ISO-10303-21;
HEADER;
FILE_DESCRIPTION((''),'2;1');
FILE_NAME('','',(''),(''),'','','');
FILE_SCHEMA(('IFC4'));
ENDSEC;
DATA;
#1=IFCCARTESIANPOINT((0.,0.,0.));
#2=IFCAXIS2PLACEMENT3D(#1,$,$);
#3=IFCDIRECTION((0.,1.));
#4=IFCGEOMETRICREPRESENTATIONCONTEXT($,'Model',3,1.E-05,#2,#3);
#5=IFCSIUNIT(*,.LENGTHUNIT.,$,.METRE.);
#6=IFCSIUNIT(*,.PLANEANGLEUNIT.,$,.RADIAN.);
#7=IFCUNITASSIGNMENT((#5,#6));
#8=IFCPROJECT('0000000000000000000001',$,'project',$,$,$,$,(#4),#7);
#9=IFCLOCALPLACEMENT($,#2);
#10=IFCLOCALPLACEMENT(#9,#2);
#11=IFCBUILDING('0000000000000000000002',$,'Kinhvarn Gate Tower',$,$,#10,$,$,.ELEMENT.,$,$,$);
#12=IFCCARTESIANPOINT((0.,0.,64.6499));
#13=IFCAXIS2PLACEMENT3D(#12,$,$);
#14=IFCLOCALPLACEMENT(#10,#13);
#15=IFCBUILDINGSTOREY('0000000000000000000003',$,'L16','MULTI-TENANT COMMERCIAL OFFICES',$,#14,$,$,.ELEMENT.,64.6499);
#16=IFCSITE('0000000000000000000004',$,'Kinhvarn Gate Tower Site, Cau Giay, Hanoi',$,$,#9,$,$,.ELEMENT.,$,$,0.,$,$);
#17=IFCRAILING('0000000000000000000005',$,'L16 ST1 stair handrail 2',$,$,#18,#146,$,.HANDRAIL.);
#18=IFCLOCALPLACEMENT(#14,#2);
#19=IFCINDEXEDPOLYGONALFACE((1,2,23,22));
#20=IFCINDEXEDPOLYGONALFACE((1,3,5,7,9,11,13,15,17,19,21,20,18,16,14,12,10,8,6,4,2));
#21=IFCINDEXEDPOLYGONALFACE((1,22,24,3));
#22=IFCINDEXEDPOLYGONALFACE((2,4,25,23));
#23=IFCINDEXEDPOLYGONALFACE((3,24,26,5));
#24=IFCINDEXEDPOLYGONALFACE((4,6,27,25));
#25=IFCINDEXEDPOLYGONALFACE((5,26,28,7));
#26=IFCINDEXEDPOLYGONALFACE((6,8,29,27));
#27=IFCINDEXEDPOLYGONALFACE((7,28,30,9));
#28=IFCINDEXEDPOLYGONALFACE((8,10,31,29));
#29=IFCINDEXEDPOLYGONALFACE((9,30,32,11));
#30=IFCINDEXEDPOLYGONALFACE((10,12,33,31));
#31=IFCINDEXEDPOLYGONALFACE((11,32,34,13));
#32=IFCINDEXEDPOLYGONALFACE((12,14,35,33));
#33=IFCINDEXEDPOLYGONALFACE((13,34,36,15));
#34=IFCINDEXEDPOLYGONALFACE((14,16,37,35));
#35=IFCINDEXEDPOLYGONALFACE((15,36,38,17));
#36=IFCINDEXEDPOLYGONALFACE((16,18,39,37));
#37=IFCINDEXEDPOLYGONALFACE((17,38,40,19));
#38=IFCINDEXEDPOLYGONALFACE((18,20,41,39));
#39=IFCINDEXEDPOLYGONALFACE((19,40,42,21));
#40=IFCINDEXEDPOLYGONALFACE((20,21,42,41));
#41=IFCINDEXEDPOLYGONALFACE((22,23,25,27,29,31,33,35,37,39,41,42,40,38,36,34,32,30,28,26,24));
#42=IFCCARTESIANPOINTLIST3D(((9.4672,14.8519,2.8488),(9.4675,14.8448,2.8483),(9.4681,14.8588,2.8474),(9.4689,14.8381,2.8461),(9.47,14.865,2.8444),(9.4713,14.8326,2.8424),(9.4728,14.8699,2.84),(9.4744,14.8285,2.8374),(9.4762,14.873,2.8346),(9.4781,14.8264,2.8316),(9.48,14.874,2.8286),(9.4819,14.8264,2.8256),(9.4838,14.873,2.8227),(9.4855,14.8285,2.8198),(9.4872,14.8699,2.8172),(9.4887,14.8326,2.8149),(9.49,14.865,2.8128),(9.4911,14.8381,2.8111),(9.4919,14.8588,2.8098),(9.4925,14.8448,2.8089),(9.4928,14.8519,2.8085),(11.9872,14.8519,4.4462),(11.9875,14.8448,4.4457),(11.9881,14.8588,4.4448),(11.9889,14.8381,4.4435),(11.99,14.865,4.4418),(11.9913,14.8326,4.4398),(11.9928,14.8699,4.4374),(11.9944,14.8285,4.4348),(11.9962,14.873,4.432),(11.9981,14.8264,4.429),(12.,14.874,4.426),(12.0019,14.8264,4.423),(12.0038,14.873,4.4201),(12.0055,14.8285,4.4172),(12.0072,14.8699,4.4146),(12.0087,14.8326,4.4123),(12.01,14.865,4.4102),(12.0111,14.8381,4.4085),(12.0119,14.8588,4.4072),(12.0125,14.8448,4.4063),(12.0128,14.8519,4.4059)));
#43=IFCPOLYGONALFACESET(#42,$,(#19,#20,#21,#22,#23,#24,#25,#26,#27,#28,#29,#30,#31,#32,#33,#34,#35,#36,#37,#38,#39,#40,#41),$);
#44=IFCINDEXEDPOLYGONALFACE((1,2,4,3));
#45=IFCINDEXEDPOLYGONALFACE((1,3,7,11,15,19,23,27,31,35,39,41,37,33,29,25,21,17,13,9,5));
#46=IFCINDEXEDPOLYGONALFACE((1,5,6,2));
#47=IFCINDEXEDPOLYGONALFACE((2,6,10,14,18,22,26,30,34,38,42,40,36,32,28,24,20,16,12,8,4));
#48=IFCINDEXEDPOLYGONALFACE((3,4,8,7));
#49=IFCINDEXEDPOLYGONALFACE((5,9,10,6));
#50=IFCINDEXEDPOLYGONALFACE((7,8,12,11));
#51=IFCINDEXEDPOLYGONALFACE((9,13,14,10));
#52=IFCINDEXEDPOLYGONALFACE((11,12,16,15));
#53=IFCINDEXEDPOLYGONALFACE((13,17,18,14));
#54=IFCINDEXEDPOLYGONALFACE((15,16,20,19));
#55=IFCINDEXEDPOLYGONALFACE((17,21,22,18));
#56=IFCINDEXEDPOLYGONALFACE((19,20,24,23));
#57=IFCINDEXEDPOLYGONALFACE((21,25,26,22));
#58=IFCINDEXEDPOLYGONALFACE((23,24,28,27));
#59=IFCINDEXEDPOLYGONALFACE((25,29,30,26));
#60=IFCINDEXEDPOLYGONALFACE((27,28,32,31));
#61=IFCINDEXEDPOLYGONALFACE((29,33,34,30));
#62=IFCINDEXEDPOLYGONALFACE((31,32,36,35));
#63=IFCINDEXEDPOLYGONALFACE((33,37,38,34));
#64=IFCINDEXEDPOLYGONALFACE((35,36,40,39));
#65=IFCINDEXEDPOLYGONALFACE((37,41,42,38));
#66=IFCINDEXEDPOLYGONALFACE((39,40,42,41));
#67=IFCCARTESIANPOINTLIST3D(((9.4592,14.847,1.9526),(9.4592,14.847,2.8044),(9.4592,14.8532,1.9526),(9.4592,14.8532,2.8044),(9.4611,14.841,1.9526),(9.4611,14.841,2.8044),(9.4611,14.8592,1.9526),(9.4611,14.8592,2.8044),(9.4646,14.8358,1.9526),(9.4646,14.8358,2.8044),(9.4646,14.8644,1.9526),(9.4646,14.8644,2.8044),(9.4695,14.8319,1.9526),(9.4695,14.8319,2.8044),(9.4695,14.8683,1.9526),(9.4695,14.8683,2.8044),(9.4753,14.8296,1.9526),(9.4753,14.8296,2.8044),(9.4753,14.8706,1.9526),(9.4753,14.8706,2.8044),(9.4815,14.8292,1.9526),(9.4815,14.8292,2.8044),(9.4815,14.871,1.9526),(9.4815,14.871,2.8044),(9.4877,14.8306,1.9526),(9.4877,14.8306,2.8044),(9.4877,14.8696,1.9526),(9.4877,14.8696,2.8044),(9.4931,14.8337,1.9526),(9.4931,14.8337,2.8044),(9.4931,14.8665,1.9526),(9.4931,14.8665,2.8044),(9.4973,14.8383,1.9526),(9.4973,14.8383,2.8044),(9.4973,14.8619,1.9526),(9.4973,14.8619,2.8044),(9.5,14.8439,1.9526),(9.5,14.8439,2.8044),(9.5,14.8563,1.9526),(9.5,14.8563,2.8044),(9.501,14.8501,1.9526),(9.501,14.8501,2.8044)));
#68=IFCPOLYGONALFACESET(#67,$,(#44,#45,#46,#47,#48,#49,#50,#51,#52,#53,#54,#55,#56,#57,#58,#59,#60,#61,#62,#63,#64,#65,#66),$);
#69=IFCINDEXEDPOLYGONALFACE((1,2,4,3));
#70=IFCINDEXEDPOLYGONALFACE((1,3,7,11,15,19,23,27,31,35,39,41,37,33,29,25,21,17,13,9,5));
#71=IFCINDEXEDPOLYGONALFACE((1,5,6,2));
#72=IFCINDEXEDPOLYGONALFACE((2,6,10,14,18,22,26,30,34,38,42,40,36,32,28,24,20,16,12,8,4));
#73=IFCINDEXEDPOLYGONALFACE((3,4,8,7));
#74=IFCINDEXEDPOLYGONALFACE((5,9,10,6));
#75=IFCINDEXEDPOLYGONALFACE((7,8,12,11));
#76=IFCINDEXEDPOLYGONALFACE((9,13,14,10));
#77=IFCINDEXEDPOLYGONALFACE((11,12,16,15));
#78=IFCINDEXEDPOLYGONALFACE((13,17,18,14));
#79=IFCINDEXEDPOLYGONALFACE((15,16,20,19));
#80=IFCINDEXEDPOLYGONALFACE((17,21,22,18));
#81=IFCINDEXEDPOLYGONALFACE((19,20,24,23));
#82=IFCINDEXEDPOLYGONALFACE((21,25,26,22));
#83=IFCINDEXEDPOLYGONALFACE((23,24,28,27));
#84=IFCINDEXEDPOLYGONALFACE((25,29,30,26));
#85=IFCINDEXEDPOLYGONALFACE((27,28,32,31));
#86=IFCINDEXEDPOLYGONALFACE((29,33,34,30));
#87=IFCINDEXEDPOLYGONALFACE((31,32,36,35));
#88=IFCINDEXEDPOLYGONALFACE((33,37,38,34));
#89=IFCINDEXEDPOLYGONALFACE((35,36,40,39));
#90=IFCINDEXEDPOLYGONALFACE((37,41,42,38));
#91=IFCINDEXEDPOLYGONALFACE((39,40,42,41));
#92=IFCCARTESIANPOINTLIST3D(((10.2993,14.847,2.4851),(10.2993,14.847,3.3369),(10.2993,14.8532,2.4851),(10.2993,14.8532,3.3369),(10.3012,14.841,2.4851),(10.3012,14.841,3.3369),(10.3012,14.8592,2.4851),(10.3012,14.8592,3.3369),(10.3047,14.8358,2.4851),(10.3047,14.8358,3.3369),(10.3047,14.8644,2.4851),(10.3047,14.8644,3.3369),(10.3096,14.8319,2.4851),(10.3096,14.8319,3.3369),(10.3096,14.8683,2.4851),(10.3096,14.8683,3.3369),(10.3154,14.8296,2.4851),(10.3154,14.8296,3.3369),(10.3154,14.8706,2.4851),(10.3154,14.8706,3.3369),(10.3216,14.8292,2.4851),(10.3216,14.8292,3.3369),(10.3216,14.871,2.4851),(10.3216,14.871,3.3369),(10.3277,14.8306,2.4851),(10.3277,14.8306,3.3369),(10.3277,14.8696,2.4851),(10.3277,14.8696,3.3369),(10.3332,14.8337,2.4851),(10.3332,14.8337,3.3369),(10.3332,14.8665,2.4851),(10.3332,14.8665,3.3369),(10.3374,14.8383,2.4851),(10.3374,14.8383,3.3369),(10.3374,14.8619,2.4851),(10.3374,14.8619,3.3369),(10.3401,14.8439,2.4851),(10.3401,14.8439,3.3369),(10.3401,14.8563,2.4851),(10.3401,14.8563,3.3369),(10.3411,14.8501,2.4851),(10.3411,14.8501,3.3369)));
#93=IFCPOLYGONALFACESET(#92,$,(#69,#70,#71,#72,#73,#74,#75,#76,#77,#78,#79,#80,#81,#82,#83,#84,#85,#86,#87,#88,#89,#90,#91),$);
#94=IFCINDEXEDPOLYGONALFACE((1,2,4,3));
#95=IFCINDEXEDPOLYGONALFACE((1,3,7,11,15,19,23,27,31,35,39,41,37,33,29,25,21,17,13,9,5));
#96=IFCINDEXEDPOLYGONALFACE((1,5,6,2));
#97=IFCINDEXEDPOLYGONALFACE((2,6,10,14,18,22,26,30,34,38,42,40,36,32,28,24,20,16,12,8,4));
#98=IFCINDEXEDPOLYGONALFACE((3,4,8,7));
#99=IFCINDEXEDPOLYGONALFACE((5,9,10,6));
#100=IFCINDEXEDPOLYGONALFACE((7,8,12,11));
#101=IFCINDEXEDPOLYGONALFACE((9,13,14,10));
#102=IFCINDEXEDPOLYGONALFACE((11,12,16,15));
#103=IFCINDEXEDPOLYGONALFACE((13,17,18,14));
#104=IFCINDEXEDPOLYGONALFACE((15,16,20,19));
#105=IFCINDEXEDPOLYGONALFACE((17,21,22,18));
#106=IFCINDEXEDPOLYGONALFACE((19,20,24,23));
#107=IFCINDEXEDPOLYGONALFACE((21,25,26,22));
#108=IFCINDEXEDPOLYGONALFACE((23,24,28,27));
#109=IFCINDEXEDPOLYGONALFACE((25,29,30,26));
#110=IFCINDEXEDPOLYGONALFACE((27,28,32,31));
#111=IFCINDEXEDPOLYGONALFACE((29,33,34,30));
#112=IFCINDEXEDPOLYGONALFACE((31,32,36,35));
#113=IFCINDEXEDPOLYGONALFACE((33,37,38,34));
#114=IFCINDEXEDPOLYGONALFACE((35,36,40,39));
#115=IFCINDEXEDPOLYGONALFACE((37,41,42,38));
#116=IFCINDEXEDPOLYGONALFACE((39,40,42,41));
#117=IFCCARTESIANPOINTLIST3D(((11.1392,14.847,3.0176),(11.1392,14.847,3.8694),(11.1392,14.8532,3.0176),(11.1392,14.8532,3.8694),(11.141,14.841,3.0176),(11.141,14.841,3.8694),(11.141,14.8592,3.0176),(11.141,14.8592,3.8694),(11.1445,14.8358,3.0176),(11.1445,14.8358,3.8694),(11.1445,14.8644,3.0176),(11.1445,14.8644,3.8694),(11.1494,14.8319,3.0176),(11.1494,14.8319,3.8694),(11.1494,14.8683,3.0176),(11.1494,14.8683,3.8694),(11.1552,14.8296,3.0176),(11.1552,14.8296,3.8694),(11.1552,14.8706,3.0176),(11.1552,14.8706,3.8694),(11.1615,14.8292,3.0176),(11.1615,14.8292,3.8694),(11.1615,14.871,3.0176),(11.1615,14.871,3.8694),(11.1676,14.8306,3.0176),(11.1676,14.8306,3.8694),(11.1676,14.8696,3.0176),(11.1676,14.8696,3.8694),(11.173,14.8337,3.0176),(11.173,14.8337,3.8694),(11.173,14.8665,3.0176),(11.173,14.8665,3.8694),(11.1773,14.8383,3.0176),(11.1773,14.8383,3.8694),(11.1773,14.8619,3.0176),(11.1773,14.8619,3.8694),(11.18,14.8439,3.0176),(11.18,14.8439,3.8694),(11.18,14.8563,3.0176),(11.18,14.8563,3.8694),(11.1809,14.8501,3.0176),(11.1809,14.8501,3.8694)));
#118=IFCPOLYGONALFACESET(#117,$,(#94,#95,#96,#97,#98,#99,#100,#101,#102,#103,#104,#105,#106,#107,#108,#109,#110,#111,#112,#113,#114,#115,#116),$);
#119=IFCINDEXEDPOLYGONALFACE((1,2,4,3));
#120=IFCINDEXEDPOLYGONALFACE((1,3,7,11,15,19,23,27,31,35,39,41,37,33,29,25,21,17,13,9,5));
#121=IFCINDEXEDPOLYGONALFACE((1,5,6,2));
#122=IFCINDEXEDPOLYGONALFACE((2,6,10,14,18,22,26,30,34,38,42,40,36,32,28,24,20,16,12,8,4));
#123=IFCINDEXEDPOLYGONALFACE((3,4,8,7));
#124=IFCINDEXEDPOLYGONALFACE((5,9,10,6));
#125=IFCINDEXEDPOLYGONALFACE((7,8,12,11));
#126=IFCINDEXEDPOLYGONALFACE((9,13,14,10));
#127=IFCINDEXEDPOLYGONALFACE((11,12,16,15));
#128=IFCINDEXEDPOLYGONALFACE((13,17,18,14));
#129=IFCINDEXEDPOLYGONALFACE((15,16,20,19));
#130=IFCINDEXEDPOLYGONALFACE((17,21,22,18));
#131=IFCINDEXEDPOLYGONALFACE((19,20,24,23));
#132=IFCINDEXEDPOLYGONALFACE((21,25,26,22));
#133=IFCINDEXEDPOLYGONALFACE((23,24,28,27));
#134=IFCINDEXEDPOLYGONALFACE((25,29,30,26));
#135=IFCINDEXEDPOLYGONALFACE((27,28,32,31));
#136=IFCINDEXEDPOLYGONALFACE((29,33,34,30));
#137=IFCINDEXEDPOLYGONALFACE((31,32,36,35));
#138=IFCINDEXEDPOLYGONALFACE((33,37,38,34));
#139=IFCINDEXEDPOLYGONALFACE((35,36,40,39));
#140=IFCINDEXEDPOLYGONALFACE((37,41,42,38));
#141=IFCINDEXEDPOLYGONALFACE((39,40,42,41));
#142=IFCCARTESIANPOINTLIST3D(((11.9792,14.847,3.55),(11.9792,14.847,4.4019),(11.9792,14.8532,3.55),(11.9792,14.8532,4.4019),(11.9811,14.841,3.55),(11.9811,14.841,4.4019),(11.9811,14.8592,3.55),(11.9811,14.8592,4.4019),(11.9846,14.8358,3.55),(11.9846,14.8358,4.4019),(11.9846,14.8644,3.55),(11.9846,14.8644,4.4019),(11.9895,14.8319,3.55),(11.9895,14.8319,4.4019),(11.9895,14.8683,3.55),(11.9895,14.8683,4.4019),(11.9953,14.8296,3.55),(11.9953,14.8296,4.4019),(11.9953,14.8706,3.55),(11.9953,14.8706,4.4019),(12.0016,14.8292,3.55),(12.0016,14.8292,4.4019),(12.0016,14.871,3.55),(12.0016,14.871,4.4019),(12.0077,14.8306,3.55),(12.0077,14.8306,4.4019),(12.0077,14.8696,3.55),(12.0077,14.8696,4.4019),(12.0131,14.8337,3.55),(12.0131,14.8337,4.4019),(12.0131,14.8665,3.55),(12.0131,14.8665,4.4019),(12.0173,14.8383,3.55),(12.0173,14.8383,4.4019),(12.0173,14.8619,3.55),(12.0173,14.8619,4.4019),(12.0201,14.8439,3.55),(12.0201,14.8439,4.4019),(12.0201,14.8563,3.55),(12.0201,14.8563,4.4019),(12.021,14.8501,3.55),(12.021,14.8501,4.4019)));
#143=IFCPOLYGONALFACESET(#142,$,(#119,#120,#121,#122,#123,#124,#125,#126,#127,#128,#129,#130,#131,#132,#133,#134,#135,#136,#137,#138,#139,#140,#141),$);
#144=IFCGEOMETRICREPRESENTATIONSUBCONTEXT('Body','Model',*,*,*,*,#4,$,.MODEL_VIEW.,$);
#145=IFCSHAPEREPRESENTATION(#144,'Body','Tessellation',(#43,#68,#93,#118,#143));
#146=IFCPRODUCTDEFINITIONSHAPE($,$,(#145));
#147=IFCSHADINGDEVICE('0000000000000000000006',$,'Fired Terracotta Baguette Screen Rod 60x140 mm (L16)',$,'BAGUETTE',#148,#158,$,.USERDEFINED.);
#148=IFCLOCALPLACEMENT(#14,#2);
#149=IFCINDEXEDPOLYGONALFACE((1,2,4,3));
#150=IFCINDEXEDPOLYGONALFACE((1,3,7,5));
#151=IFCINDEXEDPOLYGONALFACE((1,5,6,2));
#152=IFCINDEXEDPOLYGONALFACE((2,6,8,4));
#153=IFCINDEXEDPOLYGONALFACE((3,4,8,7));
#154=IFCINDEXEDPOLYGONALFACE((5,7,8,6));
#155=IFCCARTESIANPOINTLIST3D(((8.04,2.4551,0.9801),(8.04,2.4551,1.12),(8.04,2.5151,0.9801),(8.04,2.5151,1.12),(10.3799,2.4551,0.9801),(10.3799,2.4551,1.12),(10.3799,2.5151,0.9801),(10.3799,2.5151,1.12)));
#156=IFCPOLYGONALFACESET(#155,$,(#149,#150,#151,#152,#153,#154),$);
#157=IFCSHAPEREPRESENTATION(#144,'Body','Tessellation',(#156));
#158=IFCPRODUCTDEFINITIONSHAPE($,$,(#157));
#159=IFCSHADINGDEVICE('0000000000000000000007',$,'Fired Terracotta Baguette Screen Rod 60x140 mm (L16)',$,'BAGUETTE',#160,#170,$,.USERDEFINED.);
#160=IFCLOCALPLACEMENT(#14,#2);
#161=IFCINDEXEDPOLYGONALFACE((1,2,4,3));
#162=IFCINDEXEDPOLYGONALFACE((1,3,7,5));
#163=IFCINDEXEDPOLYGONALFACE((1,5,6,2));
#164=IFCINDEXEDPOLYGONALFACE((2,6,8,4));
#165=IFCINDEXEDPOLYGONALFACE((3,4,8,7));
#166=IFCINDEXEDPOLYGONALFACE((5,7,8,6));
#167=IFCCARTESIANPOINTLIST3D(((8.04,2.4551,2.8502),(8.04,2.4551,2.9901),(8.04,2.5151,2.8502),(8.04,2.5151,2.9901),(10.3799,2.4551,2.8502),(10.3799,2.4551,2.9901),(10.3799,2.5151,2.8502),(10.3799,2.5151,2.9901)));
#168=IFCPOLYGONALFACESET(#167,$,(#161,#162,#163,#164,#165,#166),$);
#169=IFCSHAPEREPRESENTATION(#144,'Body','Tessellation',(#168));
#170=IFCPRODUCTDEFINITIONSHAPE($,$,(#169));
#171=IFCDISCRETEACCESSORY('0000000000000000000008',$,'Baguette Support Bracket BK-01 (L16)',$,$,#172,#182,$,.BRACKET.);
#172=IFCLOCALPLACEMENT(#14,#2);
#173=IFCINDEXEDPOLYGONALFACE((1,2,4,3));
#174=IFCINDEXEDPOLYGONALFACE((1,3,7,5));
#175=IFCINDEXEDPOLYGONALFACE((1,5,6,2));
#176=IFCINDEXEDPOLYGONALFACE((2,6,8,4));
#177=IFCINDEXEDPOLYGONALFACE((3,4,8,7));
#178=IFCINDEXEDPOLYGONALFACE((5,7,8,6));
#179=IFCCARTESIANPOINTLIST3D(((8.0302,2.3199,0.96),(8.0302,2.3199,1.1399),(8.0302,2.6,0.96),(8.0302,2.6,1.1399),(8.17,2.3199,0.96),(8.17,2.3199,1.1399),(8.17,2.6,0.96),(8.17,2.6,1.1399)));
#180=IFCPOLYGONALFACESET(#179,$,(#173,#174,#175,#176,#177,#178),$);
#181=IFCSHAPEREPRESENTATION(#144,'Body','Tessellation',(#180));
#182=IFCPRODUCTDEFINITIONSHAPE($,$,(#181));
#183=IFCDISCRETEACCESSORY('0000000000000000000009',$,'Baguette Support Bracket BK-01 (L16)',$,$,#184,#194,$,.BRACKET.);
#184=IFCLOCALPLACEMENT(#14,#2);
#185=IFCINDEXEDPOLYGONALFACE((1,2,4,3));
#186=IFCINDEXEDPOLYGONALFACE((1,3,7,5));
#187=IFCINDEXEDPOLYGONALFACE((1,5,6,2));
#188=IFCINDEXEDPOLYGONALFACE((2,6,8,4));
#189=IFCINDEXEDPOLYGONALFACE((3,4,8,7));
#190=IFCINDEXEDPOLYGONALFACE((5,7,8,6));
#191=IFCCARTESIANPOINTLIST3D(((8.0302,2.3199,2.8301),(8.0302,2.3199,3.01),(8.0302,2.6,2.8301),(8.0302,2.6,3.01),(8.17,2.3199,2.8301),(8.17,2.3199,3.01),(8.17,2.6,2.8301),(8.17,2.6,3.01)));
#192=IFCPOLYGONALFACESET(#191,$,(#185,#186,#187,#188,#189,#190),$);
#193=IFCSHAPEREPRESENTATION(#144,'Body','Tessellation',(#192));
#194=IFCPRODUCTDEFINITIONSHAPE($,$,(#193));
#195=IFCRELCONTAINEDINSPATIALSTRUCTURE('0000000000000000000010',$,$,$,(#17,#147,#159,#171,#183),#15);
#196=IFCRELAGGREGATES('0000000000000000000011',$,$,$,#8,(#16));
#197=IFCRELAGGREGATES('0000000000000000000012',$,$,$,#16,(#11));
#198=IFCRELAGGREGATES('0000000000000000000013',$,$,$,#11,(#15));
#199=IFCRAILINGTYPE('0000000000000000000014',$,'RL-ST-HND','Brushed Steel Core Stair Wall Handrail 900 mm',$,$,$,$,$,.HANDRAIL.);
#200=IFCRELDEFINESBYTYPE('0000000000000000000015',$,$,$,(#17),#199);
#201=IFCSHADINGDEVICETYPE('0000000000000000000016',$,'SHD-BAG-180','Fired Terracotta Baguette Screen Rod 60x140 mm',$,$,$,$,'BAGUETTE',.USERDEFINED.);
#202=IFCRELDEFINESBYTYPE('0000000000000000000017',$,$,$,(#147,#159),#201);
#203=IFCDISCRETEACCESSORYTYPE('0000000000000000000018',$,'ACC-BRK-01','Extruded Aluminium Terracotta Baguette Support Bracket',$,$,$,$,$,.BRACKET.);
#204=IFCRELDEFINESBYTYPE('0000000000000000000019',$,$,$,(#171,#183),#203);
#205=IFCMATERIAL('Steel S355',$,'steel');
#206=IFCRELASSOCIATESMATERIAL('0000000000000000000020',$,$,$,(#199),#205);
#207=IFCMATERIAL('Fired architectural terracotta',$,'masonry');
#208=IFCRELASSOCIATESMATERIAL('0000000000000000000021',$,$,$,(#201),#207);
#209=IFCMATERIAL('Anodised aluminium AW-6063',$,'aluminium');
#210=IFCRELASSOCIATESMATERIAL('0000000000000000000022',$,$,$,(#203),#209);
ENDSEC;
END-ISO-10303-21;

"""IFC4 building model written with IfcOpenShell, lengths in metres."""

from ifc_helpers import new_model, si_unit, direction, frame, origin, origin_2d, place, context, subcontext, project, spatial, rectangle, circle, extrude, material, material_profile, profile_set, type_object, element, save


model = new_model("IFC4")

# Units and contexts
model_context = context("Model", 3, precision=1e-05, world=origin(), true_north=direction((0.0, 1.0)))
body_context = subcontext(model_context, "Body", "Model", "MODEL_VIEW")
ifc_project = project(units=[si_unit("LENGTHUNIT", "METRE"), si_unit("PLANEANGLEUNIT", "RADIAN")], contexts=[model_context])

# Site, building, storey
site_placement = place(None, origin())
site = spatial("IfcSite", under=ifc_project, at=site_placement, Name="Kinhvarn Gate Tower Site, Cau Giay, Hanoi", CompositionType="ELEMENT", RefElevation=0.0)
building_placement = place(site_placement, origin())
building = spatial("IfcBuilding", under=site, at=building_placement, Name="Kinhvarn Gate Tower", CompositionType="ELEMENT")
storey_placement = place(building_placement, frame((0.0, 0.0, 64.6499)))
storey = spatial("IfcBuildingStorey", under=building, at=storey_placement, Name="L16", Description="MULTI-TENANT COMMERCIAL OFFICES", CompositionType="ELEMENT", Elevation=64.6499)

# Shared definitions
ifc_material_1 = material(Name="Anodised aluminium AW-6063", Category="aluminium")

# Shared definitions
ifc_material_2 = material(Name="Steel S355", Category="steel")

# Shared definitions
ifc_material_3 = material(Name="Fired architectural terracotta", Category="masonry")

# Railing
railing_type_1 = type_object("IfcRailingType", Name="RL-ST-HND", Description="Brushed Steel Core Stair Wall Handrail 900 mm", PredefinedType="HANDRAIL", material=ifc_material_2)
railing_1_placement = place(storey_placement, frame((9.48, 14.8501, 1.9526)))
element("IfcRailing", 1, at=railing_1_placement, inside=storey, type_object=railing_type_1, Name="L16 ST1 stair handrail 2", PredefinedType="HANDRAIL", context=body_context, shape_type="SweptSolid", body=[
    extrude(circle(Radius=0.0239, at=origin_2d()), frame((0.0, 0.0, 0.876), z_axis=(0.844607, 0.0, 0.535387), x_axis=(0.0, 1.0, 0.0)), (0.0, 0.0, 1.0), 2.9836),
    extrude(circle(Radius=0.021, at=origin_2d()), origin(), (0.0, 0.0, 1.0), 0.8518),
    extrude(circle(Radius=0.021, at=origin_2d()), frame((0.8401, 0.0, 0.5325)), (0.0, 0.0, 1.0), 0.8518),
    extrude(circle(Radius=0.021, at=origin_2d()), frame((1.6799, 0.0, 1.0649)), (0.0, 0.0, 1.0), 0.8518),
    extrude(circle(Radius=0.021, at=origin_2d()), frame((2.52, 0.0, 1.5974)), (0.0, 0.0, 1.0), 0.8518),
])

# Shading devices
ifc_material_profile_1 = material_profile(ifc_material_3, rectangle(XDim=0.0601, YDim=0.1399, at=origin_2d()), Name="TC 60x140")
ifc_profile_set_1 = profile_set([ifc_material_profile_1], Name="Fired architectural terracotta")
shading_device_type = type_object("IfcShadingDeviceType", Name="SHD-BAG-180", Description="Fired Terracotta Baguette Screen Rod 60x140 mm", ElementType="BAGUETTE", PredefinedType="USERDEFINED", material=ifc_profile_set_1)
for number, where, z_axis, x_axis, name in (
    (2, (8.04, 2.4851, 1.05), (1.0, 0.0, 0.0), (0.0, 1.0, 0.0), "Fired Terracotta Baguette Screen Rod 60x140 mm (L16)"),
    (3, (8.04, 2.4851, 2.9202), (1.0, 0.0, 0.0), (0.0, 1.0, 0.0), "Fired Terracotta Baguette Screen Rod 60x140 mm (L16)"),
):
    element("IfcShadingDevice", number, at=place(storey_placement, frame(where, z_axis=z_axis, x_axis=x_axis)), inside=storey, type_object=shading_device_type, Name=name, ObjectType="BAGUETTE", PredefinedType="USERDEFINED", context=body_context, shape_type="SweptSolid", body=[
        extrude(rectangle(XDim=0.0601, YDim=0.1399, at=origin_2d()), origin(), (0.0, 0.0, 1.0), 2.3398),
    ])

# Discrete accessories
discrete_accessory_type = type_object("IfcDiscreteAccessoryType", Name="ACC-BRK-01", Description="Extruded Aluminium Terracotta Baguette Support Bracket", PredefinedType="BRACKET", material=ifc_material_1)
for number, where, z_axis, x_axis, name in (
    (4, (8.1001, 2.46, 0.96), (0.0, 0.0, 1.0), (1.0, 0.0, 0.0), "Baguette Support Bracket BK-01 (L16)"),
    (5, (8.1001, 2.46, 2.8301), (0.0, 0.0, 1.0), (1.0, 0.0, 0.0), "Baguette Support Bracket BK-01 (L16)"),
):
    element("IfcDiscreteAccessory", number, at=place(storey_placement, frame(where, z_axis=z_axis, x_axis=x_axis)), inside=storey, type_object=discrete_accessory_type, Name=name, PredefinedType="BRACKET", context=body_context, shape_type="SweptSolid", body=[
        extrude(rectangle(XDim=0.1399, YDim=0.28, at=origin_2d()), origin(), (0.0, 0.0, 1.0), 0.1799),
    ])

save(model, "model.ifc")
